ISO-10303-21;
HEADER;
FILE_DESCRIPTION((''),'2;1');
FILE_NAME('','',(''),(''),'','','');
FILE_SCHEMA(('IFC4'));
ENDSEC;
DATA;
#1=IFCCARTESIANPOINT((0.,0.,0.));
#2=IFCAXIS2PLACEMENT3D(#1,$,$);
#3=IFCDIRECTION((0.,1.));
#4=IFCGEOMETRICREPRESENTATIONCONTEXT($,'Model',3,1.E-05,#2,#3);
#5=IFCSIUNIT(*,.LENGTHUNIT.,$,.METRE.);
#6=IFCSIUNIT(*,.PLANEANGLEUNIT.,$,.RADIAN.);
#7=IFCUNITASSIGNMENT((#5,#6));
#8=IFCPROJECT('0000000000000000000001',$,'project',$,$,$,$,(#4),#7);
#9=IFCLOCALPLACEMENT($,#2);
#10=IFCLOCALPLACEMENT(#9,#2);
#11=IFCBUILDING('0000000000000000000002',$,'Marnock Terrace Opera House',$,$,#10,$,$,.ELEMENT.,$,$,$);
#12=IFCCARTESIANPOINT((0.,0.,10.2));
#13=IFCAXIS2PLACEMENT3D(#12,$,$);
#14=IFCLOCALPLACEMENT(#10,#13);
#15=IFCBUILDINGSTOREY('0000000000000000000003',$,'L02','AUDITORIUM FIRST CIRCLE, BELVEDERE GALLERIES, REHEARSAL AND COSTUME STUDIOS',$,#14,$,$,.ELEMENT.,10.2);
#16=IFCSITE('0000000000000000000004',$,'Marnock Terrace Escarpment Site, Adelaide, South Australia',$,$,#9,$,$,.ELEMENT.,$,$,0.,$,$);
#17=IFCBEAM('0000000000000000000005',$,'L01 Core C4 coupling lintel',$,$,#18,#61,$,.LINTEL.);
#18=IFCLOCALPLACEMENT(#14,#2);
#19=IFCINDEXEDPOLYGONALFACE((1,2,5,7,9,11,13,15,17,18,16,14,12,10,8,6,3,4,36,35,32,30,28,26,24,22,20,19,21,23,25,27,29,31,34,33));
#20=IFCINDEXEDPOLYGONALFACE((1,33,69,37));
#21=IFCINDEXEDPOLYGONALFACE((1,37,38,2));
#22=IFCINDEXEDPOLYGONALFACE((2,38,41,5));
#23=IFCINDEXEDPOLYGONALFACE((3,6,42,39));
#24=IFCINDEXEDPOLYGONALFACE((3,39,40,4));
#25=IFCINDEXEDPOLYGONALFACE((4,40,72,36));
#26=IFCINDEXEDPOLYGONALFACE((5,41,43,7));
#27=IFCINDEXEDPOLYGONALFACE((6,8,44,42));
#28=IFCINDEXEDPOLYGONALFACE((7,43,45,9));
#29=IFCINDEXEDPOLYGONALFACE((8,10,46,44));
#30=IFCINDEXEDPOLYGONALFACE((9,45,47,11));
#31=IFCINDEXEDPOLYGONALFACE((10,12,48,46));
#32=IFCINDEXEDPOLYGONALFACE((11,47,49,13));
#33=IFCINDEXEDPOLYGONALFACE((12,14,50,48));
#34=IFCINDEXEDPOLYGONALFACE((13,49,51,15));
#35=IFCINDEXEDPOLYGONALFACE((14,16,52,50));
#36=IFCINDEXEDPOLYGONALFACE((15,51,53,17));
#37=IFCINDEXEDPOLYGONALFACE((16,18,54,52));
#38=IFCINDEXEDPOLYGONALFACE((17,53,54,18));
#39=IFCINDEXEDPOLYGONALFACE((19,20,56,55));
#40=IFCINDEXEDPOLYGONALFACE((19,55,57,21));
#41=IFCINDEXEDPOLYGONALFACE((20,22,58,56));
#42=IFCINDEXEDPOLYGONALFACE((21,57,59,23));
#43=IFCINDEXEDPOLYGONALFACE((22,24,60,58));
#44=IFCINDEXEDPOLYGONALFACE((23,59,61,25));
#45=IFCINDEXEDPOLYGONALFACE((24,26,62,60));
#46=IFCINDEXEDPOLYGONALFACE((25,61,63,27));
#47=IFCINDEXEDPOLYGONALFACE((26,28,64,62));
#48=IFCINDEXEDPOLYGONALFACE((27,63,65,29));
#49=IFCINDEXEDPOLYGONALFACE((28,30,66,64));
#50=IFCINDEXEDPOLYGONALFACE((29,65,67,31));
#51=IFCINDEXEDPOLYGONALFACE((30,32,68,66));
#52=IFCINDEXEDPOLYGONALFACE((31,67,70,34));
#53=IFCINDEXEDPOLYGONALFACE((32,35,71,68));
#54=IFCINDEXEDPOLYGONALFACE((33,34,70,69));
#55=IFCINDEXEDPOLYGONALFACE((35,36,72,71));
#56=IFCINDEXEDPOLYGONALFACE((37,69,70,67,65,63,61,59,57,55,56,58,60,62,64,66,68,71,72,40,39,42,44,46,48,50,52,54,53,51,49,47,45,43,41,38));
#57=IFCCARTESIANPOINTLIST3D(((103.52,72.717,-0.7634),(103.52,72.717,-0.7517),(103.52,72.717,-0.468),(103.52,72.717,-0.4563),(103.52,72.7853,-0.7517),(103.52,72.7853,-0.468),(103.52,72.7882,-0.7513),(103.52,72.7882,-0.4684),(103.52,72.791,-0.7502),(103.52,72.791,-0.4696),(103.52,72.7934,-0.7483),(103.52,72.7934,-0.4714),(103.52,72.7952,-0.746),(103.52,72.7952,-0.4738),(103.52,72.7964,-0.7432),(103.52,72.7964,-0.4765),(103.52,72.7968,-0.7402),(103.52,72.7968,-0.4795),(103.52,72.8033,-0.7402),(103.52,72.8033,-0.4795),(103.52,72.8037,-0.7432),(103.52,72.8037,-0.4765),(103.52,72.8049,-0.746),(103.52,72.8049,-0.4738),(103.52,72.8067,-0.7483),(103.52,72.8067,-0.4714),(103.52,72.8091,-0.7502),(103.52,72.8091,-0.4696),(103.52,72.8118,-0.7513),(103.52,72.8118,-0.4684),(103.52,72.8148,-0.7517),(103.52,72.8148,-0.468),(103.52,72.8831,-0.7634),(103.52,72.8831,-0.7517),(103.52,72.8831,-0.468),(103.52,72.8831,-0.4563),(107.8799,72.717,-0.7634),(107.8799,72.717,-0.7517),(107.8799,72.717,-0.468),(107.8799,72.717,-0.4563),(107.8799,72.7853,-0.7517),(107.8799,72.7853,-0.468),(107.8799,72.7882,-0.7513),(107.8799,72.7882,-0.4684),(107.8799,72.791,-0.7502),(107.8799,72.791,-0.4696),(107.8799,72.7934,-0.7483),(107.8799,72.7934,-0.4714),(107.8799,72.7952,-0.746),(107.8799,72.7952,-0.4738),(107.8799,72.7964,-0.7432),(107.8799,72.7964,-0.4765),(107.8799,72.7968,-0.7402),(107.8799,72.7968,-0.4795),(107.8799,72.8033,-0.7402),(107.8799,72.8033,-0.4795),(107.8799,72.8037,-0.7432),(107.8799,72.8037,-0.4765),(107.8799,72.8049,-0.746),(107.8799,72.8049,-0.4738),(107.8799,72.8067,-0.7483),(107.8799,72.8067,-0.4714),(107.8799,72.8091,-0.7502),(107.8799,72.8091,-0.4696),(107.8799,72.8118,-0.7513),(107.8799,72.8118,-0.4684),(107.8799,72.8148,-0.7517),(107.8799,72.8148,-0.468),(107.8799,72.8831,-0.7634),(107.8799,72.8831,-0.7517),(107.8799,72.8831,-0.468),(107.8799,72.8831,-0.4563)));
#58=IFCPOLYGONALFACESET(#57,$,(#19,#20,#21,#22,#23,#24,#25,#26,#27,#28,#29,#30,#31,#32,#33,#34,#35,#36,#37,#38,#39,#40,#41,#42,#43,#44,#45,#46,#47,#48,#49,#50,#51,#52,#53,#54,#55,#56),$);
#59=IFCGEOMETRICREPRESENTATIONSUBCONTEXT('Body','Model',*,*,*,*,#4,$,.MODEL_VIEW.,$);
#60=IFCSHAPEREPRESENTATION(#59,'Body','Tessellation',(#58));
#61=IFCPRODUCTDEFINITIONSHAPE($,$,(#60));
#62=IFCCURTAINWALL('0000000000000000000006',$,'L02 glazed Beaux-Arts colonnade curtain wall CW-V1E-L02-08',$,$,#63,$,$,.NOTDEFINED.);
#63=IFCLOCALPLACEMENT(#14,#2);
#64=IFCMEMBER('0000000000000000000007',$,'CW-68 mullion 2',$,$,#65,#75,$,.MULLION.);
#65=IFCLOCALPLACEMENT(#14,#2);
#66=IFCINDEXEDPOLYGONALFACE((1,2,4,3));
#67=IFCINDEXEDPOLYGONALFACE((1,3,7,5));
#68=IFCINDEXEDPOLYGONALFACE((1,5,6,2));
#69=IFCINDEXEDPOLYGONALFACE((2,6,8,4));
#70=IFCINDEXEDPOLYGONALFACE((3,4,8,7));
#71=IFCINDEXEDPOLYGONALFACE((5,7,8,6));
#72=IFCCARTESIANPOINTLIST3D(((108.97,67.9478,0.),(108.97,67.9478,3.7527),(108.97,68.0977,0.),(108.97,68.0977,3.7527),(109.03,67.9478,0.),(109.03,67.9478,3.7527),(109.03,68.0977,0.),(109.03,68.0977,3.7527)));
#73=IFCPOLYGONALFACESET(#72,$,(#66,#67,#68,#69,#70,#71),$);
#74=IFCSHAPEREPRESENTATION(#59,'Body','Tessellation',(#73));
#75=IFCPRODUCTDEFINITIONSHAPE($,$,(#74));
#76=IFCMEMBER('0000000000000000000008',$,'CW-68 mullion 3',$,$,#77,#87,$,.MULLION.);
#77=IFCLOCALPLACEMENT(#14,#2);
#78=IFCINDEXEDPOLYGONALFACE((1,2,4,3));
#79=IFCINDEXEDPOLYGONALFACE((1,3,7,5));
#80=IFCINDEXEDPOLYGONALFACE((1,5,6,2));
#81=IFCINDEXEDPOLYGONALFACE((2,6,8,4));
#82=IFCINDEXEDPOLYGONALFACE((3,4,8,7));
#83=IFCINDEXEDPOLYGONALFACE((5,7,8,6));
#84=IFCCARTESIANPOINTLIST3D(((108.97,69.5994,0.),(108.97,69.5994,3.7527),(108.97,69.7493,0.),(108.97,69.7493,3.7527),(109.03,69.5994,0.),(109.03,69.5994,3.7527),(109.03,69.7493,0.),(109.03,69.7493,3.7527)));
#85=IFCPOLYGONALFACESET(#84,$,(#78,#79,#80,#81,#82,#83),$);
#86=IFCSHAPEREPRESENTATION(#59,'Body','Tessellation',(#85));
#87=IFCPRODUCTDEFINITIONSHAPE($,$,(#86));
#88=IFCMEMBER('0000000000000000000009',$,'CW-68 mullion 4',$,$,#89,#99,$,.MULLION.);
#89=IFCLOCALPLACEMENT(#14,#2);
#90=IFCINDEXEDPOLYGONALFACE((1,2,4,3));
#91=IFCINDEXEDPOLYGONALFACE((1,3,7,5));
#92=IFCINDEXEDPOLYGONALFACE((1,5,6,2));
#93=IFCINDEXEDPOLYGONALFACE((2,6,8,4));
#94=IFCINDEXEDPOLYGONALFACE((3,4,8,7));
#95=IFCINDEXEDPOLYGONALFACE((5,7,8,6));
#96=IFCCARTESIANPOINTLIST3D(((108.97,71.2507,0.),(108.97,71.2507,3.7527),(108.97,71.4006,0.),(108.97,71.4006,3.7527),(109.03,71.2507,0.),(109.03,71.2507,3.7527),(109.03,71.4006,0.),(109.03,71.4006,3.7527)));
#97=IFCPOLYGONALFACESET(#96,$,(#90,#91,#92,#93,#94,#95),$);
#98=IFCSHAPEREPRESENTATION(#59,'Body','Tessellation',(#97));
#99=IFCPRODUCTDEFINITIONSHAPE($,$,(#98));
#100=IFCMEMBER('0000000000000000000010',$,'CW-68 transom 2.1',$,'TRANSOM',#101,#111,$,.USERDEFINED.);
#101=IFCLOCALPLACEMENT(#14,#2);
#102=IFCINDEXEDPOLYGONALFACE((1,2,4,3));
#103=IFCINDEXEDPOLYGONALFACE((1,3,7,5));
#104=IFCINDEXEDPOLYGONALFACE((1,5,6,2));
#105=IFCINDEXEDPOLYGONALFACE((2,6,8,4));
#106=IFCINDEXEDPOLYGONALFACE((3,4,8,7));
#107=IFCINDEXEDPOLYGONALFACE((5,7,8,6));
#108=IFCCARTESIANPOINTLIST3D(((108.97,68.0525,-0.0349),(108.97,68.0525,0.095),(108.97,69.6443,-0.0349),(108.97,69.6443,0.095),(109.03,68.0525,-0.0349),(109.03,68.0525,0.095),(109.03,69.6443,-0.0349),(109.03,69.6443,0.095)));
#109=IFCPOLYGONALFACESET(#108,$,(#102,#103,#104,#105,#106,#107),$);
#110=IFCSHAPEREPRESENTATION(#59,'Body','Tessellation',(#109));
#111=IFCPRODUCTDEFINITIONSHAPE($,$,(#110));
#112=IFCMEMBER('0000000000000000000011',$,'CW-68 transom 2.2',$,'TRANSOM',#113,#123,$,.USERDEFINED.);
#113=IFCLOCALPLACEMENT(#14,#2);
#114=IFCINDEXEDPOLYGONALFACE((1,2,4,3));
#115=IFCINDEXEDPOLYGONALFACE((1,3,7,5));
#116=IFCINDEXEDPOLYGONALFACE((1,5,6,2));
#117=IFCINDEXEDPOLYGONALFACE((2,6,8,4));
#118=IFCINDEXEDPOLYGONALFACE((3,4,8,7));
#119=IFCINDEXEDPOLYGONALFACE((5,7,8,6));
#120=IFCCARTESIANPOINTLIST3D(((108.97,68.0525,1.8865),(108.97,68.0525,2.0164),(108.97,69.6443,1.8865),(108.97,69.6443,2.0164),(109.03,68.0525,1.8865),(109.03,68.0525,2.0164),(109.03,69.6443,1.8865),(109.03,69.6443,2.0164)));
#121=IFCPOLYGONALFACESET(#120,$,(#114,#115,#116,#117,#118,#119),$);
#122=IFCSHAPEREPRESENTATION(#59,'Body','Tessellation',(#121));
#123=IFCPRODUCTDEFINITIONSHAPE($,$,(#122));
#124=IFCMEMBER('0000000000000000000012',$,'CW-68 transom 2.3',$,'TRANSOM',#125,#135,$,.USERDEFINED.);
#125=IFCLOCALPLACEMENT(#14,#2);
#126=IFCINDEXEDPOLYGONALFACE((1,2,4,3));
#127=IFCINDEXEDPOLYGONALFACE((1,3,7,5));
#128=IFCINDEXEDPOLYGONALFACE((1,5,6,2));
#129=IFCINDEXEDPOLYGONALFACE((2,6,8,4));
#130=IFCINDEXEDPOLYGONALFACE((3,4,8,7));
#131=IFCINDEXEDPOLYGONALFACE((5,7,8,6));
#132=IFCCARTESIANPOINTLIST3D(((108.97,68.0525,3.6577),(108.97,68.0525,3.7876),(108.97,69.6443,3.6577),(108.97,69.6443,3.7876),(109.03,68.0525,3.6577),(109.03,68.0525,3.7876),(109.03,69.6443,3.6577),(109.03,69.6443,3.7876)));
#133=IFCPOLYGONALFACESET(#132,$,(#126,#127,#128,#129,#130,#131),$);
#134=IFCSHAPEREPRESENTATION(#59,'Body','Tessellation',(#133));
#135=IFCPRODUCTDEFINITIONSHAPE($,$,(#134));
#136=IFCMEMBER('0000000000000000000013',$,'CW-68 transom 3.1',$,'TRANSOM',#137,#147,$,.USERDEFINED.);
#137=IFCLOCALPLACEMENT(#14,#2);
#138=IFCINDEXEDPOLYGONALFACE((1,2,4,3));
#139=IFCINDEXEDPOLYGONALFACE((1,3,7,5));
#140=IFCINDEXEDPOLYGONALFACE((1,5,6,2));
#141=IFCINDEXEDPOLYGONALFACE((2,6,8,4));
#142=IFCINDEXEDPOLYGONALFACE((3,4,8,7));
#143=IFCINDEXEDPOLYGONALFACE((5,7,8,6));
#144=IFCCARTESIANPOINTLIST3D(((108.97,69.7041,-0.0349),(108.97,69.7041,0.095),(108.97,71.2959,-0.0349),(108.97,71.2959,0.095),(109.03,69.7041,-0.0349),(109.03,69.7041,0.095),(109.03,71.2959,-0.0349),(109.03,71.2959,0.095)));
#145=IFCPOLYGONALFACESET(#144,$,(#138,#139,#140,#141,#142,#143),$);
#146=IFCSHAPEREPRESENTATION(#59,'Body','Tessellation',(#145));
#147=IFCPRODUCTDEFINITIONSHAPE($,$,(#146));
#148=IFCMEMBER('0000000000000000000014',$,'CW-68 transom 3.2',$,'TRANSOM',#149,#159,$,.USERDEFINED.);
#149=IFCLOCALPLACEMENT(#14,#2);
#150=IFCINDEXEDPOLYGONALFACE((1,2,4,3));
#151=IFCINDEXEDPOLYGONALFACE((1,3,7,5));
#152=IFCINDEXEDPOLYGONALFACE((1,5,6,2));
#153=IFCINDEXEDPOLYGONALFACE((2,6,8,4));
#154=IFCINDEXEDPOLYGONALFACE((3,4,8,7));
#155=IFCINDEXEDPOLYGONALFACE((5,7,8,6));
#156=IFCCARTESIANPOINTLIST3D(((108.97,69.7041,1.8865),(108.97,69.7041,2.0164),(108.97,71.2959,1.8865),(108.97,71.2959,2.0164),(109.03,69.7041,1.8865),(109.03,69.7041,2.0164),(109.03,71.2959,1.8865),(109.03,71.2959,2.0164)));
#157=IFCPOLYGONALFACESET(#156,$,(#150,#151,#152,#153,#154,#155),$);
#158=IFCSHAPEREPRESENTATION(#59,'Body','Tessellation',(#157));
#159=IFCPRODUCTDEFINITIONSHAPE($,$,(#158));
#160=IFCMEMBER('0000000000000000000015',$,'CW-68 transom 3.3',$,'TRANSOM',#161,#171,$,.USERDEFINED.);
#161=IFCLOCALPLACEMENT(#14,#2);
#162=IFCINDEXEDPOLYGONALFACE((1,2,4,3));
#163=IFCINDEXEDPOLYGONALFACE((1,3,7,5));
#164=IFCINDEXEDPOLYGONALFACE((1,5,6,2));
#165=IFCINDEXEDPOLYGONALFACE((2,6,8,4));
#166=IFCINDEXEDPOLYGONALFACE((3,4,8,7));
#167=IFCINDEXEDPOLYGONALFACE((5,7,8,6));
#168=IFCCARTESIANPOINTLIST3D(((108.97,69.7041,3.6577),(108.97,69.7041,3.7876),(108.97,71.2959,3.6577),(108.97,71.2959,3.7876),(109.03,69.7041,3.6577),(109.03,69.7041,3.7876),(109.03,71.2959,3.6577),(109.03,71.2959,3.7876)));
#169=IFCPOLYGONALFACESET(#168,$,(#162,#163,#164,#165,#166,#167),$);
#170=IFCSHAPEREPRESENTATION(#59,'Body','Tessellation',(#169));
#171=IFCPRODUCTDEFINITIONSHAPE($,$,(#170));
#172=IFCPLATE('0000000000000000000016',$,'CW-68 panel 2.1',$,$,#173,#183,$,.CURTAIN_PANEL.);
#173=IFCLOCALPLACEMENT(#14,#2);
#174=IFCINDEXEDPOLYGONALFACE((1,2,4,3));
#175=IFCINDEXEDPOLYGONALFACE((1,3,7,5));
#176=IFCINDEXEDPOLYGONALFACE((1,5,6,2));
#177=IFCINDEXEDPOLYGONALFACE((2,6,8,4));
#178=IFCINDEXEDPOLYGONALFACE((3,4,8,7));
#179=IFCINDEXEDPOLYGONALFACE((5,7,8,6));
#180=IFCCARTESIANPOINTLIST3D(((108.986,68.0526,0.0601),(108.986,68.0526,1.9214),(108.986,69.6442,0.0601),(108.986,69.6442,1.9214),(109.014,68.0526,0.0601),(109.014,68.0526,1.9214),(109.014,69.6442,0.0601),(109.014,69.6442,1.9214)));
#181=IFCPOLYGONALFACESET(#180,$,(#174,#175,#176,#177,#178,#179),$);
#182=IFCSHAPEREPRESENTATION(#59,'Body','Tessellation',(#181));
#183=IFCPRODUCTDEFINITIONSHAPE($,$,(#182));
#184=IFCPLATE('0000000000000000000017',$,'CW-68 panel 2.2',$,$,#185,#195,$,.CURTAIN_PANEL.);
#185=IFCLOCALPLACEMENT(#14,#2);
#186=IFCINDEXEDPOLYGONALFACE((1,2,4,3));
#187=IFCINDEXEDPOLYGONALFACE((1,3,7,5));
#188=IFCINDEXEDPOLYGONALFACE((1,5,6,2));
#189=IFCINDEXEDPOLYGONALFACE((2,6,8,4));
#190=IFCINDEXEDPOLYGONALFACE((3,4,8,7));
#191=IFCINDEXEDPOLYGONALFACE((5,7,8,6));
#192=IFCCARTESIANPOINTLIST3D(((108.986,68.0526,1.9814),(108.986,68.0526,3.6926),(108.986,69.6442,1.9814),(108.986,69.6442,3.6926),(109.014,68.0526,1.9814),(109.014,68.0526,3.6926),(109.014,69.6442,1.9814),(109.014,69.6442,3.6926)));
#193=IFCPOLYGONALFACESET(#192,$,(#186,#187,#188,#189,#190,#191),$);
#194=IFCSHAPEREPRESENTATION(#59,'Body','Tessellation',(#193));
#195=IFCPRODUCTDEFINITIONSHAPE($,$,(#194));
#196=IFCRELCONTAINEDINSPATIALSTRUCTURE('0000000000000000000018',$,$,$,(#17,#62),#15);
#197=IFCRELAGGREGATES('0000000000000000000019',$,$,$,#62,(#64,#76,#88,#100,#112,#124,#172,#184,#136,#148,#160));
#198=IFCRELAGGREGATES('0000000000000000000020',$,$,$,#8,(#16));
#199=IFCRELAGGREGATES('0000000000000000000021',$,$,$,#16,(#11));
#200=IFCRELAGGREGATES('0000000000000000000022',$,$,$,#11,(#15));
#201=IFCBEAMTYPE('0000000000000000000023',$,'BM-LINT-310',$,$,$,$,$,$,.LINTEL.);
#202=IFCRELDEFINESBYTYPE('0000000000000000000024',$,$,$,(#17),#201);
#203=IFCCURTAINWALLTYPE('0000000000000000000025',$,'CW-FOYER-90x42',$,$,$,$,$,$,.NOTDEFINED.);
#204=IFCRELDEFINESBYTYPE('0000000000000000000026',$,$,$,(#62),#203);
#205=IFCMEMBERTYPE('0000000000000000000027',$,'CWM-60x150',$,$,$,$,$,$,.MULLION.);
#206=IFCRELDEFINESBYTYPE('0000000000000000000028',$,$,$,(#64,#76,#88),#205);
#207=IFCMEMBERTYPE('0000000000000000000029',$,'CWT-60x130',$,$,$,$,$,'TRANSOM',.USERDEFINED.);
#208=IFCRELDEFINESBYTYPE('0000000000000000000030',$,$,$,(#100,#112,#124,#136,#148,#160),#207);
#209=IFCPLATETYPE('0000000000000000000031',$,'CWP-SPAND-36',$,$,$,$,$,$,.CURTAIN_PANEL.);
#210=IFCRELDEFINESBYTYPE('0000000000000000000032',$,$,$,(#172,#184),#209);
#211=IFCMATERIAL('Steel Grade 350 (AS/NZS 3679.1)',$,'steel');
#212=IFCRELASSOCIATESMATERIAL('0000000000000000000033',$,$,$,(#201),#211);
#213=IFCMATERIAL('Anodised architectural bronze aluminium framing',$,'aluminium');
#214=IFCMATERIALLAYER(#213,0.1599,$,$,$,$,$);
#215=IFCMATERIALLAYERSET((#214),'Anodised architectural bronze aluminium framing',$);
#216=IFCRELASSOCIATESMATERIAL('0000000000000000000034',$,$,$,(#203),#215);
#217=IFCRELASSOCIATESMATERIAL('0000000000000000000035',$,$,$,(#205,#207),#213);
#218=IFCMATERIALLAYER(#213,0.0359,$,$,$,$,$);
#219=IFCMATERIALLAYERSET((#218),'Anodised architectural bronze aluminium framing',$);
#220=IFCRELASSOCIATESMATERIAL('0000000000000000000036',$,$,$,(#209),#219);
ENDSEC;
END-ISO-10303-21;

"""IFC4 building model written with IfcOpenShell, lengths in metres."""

from ifc_helpers import new_model, si_unit, direction, frame, origin, origin_2d, place, context, subcontext, project, spatial, rectangle, i_section, extrude, material, layer, layer_set, material_profile, profile_set, type_object, element, aggregate, save


model = new_model("IFC4")

# Units and contexts
model_context = context("Model", 3, precision=1e-05, world=origin(), true_north=direction((0.0, 1.0)))
body_context = subcontext(model_context, "Body", "Model", "MODEL_VIEW")
ifc_project = project(units=[si_unit("LENGTHUNIT", "METRE"), si_unit("PLANEANGLEUNIT", "RADIAN")], contexts=[model_context])

# Site, building, storey
site_placement = place(None, origin())
site = spatial("IfcSite", under=ifc_project, at=site_placement, Name="Marnock Terrace Escarpment Site, Adelaide, South Australia", CompositionType="ELEMENT", RefElevation=0.0)
building_placement = place(site_placement, origin())
building = spatial("IfcBuilding", under=site, at=building_placement, Name="Marnock Terrace Opera House", CompositionType="ELEMENT")
storey_placement = place(building_placement, frame((0.0, 0.0, 10.2)))
storey = spatial("IfcBuildingStorey", under=building, at=storey_placement, Name="L02", Description="AUDITORIUM FIRST CIRCLE, BELVEDERE GALLERIES, REHEARSAL AND COSTUME STUDIOS", CompositionType="ELEMENT", Elevation=10.2)

# Beam
ifc_material_1 = material(Name="Steel Grade 350 (AS/NZS 3679.1)", Category="steel")
ifc_material_profile_1 = material_profile(ifc_material_1, i_section(OverallWidth=0.166, OverallDepth=0.3071, WebThickness=0.0066, FlangeThickness=0.0117, FilletRadius=0.0115, at=origin_2d()))
ifc_profile_set_1 = profile_set([ifc_material_profile_1], Name="Steel Grade 350 (AS/NZS 3679.1)")
beam_type = type_object("IfcBeamType", Name="BM-LINT-310", PredefinedType="LINTEL", material=ifc_profile_set_1)
beam_placement = place(storey_placement, frame((103.52, 72.8, -0.6099), z_axis=(1.0, 0.0, 0.0), x_axis=(0.0, 1.0, 0.0)))
element("IfcBeam", 1, at=beam_placement, inside=storey, type_object=beam_type, Name="L01 Core C4 coupling lintel", PredefinedType="LINTEL", context=body_context, shape_type="SweptSolid", body=[
    extrude(i_section(OverallWidth=0.166, OverallDepth=0.3071, WebThickness=0.0066, FlangeThickness=0.0117, FilletRadius=0.0115, at=origin_2d()), origin(), (0.0, 0.0, 1.0), 4.3599),
])

# Curtain wall, members, plates
ifc_material_2 = material(Name="Anodised architectural bronze aluminium framing", Category="aluminium")
ifc_layer_1 = layer(ifc_material_2, 0.1599)
ifc_layer_set_1 = layer_set([ifc_layer_1], Name="Anodised architectural bronze aluminium framing")
curtain_wall_type = type_object("IfcCurtainWallType", Name="CW-FOYER-90x42", PredefinedType="NOTDEFINED", material=ifc_layer_set_1)
curtain_wall_placement = place(storey_placement, origin())
curtain_wall = element("IfcCurtainWall", 2, at=curtain_wall_placement, inside=storey, type_object=curtain_wall_type, Name="L02 glazed Beaux-Arts colonnade curtain wall CW-V1E-L02-08", PredefinedType="NOTDEFINED")
ifc_material_profile_2 = material_profile(ifc_material_2, rectangle(XDim=0.0601, YDim=0.1499, at=origin_2d()))
ifc_profile_set_2 = profile_set([ifc_material_profile_2], Name="Anodised architectural bronze aluminium framing")
member_type_1 = type_object("IfcMemberType", Name="CWM-60x150", PredefinedType="MULLION", material=ifc_profile_set_2)
member_1_placement = place(storey_placement, frame((109.0, 68.0227, 0.0), z_axis=(0.0, 0.0, 1.0), x_axis=(-1.0, 0.0, 0.0)))
member_1 = element("IfcMember", 3, at=member_1_placement, type_object=member_type_1, Name="CW-68 mullion 2", PredefinedType="MULLION", context=body_context, shape_type="SweptSolid", body=[
    extrude(rectangle(XDim=0.0601, YDim=0.1499, at=origin_2d()), origin(), (0.0, 0.0, 1.0), 3.7527),
])
member_2_placement = place(storey_placement, frame((109.0, 69.6743, 0.0), z_axis=(0.0, 0.0, 1.0), x_axis=(-1.0, 0.0, 0.0)))
member_2 = element("IfcMember", 4, at=member_2_placement, type_object=member_type_1, Name="CW-68 mullion 3", PredefinedType="MULLION", context=body_context, shape_type="SweptSolid", body=[
    extrude(rectangle(XDim=0.0601, YDim=0.1499, at=origin_2d()), origin(), (0.0, 0.0, 1.0), 3.7527),
])
member_3_placement = place(storey_placement, frame((109.0, 71.3257, 0.0), z_axis=(0.0, 0.0, 1.0), x_axis=(-1.0, 0.0, 0.0)))
member_3 = element("IfcMember", 5, at=member_3_placement, type_object=member_type_1, Name="CW-68 mullion 4", PredefinedType="MULLION", context=body_context, shape_type="SweptSolid", body=[
    extrude(rectangle(XDim=0.0601, YDim=0.1499, at=origin_2d()), origin(), (0.0, 0.0, 1.0), 3.7527),
])
ifc_material_profile_3 = material_profile(ifc_material_2, rectangle(XDim=0.0601, YDim=0.1299, at=origin_2d()))
ifc_profile_set_3 = profile_set([ifc_material_profile_3], Name="Anodised architectural bronze aluminium framing")
member_type_2 = type_object("IfcMemberType", Name="CWT-60x130", ElementType="TRANSOM", PredefinedType="USERDEFINED", material=ifc_profile_set_3)
member_4_placement = place(storey_placement, frame((109.0, 68.0525, 0.03), z_axis=(0.0, 1.0, 0.0), x_axis=(-1.0, 0.0, 0.0)))
member_4 = element("IfcMember", 6, at=member_4_placement, type_object=member_type_2, Name="CW-68 transom 2.1", ObjectType="TRANSOM", PredefinedType="USERDEFINED", context=body_context, shape_type="SweptSolid", body=[
    extrude(rectangle(XDim=0.0601, YDim=0.1299, at=origin_2d()), origin(), (0.0, 0.0, 1.0), 1.5918),
])
member_5_placement = place(storey_placement, frame((109.0, 68.0525, 1.9514), z_axis=(0.0, 1.0, 0.0), x_axis=(-1.0, 0.0, 0.0)))
member_5 = element("IfcMember", 7, at=member_5_placement, type_object=member_type_2, Name="CW-68 transom 2.2", ObjectType="TRANSOM", PredefinedType="USERDEFINED", context=body_context, shape_type="SweptSolid", body=[
    extrude(rectangle(XDim=0.0601, YDim=0.1299, at=origin_2d()), origin(), (0.0, 0.0, 1.0), 1.5918),
])
member_6_placement = place(storey_placement, frame((109.0, 68.0525, 3.7227), z_axis=(0.0, 1.0, 0.0), x_axis=(-1.0, 0.0, 0.0)))
member_6 = element("IfcMember", 8, at=member_6_placement, type_object=member_type_2, Name="CW-68 transom 2.3", ObjectType="TRANSOM", PredefinedType="USERDEFINED", context=body_context, shape_type="SweptSolid", body=[
    extrude(rectangle(XDim=0.0601, YDim=0.1299, at=origin_2d()), origin(), (0.0, 0.0, 1.0), 1.5918),
])
member_7_placement = place(storey_placement, frame((109.0, 69.7041, 0.03), z_axis=(0.0, 1.0, 0.0), x_axis=(-1.0, 0.0, 0.0)))
member_7 = element("IfcMember", 9, at=member_7_placement, type_object=member_type_2, Name="CW-68 transom 3.1", ObjectType="TRANSOM", PredefinedType="USERDEFINED", context=body_context, shape_type="SweptSolid", body=[
    extrude(rectangle(XDim=0.0601, YDim=0.1299, at=origin_2d()), origin(), (0.0, 0.0, 1.0), 1.5918),
])
member_8_placement = place(storey_placement, frame((109.0, 69.7041, 1.9514), z_axis=(0.0, 1.0, 0.0), x_axis=(-1.0, 0.0, 0.0)))
member_8 = element("IfcMember", 10, at=member_8_placement, type_object=member_type_2, Name="CW-68 transom 3.2", ObjectType="TRANSOM", PredefinedType="USERDEFINED", context=body_context, shape_type="SweptSolid", body=[
    extrude(rectangle(XDim=0.0601, YDim=0.1299, at=origin_2d()), origin(), (0.0, 0.0, 1.0), 1.5918),
])
member_9_placement = place(storey_placement, frame((109.0, 69.7041, 3.7227), z_axis=(0.0, 1.0, 0.0), x_axis=(-1.0, 0.0, 0.0)))
member_9 = element("IfcMember", 11, at=member_9_placement, type_object=member_type_2, Name="CW-68 transom 3.3", ObjectType="TRANSOM", PredefinedType="USERDEFINED", context=body_context, shape_type="SweptSolid", body=[
    extrude(rectangle(XDim=0.0601, YDim=0.1299, at=origin_2d()), origin(), (0.0, 0.0, 1.0), 1.5918),
])
ifc_layer_2 = layer(ifc_material_2, 0.0359)
ifc_layer_set_2 = layer_set([ifc_layer_2], Name="Anodised architectural bronze aluminium framing")
plate_type = type_object("IfcPlateType", Name="CWP-SPAND-36", PredefinedType="CURTAIN_PANEL", material=ifc_layer_set_2)
plate_1_placement = place(storey_placement, frame((109.0, 68.8484, 0.0601), z_axis=(0.0, 0.0, 1.0), x_axis=(0.0, 1.0, 0.0)))
plate_1 = element("IfcPlate", 12, at=plate_1_placement, type_object=plate_type, Name="CW-68 panel 2.1", PredefinedType="CURTAIN_PANEL", context=body_context, shape_type="SweptSolid", body=[
    extrude(rectangle(XDim=1.5916, YDim=0.0281, at=origin_2d()), origin(), (0.0, 0.0, 1.0), 1.8613),
])
plate_2_placement = place(storey_placement, frame((109.0, 68.8484, 1.9814), z_axis=(0.0, 0.0, 1.0), x_axis=(0.0, 1.0, 0.0)))
plate_2 = element("IfcPlate", 13, at=plate_2_placement, type_object=plate_type, Name="CW-68 panel 2.2", PredefinedType="CURTAIN_PANEL", context=body_context, shape_type="SweptSolid", body=[
    extrude(rectangle(XDim=1.5916, YDim=0.0281, at=origin_2d()), origin(), (0.0, 0.0, 1.0), 1.7112),
])
aggregate(curtain_wall, [member_1, member_2, member_3, member_4, member_5, member_6, plate_1, plate_2, member_7, member_8, member_9])

save(model, "model.ifc")
